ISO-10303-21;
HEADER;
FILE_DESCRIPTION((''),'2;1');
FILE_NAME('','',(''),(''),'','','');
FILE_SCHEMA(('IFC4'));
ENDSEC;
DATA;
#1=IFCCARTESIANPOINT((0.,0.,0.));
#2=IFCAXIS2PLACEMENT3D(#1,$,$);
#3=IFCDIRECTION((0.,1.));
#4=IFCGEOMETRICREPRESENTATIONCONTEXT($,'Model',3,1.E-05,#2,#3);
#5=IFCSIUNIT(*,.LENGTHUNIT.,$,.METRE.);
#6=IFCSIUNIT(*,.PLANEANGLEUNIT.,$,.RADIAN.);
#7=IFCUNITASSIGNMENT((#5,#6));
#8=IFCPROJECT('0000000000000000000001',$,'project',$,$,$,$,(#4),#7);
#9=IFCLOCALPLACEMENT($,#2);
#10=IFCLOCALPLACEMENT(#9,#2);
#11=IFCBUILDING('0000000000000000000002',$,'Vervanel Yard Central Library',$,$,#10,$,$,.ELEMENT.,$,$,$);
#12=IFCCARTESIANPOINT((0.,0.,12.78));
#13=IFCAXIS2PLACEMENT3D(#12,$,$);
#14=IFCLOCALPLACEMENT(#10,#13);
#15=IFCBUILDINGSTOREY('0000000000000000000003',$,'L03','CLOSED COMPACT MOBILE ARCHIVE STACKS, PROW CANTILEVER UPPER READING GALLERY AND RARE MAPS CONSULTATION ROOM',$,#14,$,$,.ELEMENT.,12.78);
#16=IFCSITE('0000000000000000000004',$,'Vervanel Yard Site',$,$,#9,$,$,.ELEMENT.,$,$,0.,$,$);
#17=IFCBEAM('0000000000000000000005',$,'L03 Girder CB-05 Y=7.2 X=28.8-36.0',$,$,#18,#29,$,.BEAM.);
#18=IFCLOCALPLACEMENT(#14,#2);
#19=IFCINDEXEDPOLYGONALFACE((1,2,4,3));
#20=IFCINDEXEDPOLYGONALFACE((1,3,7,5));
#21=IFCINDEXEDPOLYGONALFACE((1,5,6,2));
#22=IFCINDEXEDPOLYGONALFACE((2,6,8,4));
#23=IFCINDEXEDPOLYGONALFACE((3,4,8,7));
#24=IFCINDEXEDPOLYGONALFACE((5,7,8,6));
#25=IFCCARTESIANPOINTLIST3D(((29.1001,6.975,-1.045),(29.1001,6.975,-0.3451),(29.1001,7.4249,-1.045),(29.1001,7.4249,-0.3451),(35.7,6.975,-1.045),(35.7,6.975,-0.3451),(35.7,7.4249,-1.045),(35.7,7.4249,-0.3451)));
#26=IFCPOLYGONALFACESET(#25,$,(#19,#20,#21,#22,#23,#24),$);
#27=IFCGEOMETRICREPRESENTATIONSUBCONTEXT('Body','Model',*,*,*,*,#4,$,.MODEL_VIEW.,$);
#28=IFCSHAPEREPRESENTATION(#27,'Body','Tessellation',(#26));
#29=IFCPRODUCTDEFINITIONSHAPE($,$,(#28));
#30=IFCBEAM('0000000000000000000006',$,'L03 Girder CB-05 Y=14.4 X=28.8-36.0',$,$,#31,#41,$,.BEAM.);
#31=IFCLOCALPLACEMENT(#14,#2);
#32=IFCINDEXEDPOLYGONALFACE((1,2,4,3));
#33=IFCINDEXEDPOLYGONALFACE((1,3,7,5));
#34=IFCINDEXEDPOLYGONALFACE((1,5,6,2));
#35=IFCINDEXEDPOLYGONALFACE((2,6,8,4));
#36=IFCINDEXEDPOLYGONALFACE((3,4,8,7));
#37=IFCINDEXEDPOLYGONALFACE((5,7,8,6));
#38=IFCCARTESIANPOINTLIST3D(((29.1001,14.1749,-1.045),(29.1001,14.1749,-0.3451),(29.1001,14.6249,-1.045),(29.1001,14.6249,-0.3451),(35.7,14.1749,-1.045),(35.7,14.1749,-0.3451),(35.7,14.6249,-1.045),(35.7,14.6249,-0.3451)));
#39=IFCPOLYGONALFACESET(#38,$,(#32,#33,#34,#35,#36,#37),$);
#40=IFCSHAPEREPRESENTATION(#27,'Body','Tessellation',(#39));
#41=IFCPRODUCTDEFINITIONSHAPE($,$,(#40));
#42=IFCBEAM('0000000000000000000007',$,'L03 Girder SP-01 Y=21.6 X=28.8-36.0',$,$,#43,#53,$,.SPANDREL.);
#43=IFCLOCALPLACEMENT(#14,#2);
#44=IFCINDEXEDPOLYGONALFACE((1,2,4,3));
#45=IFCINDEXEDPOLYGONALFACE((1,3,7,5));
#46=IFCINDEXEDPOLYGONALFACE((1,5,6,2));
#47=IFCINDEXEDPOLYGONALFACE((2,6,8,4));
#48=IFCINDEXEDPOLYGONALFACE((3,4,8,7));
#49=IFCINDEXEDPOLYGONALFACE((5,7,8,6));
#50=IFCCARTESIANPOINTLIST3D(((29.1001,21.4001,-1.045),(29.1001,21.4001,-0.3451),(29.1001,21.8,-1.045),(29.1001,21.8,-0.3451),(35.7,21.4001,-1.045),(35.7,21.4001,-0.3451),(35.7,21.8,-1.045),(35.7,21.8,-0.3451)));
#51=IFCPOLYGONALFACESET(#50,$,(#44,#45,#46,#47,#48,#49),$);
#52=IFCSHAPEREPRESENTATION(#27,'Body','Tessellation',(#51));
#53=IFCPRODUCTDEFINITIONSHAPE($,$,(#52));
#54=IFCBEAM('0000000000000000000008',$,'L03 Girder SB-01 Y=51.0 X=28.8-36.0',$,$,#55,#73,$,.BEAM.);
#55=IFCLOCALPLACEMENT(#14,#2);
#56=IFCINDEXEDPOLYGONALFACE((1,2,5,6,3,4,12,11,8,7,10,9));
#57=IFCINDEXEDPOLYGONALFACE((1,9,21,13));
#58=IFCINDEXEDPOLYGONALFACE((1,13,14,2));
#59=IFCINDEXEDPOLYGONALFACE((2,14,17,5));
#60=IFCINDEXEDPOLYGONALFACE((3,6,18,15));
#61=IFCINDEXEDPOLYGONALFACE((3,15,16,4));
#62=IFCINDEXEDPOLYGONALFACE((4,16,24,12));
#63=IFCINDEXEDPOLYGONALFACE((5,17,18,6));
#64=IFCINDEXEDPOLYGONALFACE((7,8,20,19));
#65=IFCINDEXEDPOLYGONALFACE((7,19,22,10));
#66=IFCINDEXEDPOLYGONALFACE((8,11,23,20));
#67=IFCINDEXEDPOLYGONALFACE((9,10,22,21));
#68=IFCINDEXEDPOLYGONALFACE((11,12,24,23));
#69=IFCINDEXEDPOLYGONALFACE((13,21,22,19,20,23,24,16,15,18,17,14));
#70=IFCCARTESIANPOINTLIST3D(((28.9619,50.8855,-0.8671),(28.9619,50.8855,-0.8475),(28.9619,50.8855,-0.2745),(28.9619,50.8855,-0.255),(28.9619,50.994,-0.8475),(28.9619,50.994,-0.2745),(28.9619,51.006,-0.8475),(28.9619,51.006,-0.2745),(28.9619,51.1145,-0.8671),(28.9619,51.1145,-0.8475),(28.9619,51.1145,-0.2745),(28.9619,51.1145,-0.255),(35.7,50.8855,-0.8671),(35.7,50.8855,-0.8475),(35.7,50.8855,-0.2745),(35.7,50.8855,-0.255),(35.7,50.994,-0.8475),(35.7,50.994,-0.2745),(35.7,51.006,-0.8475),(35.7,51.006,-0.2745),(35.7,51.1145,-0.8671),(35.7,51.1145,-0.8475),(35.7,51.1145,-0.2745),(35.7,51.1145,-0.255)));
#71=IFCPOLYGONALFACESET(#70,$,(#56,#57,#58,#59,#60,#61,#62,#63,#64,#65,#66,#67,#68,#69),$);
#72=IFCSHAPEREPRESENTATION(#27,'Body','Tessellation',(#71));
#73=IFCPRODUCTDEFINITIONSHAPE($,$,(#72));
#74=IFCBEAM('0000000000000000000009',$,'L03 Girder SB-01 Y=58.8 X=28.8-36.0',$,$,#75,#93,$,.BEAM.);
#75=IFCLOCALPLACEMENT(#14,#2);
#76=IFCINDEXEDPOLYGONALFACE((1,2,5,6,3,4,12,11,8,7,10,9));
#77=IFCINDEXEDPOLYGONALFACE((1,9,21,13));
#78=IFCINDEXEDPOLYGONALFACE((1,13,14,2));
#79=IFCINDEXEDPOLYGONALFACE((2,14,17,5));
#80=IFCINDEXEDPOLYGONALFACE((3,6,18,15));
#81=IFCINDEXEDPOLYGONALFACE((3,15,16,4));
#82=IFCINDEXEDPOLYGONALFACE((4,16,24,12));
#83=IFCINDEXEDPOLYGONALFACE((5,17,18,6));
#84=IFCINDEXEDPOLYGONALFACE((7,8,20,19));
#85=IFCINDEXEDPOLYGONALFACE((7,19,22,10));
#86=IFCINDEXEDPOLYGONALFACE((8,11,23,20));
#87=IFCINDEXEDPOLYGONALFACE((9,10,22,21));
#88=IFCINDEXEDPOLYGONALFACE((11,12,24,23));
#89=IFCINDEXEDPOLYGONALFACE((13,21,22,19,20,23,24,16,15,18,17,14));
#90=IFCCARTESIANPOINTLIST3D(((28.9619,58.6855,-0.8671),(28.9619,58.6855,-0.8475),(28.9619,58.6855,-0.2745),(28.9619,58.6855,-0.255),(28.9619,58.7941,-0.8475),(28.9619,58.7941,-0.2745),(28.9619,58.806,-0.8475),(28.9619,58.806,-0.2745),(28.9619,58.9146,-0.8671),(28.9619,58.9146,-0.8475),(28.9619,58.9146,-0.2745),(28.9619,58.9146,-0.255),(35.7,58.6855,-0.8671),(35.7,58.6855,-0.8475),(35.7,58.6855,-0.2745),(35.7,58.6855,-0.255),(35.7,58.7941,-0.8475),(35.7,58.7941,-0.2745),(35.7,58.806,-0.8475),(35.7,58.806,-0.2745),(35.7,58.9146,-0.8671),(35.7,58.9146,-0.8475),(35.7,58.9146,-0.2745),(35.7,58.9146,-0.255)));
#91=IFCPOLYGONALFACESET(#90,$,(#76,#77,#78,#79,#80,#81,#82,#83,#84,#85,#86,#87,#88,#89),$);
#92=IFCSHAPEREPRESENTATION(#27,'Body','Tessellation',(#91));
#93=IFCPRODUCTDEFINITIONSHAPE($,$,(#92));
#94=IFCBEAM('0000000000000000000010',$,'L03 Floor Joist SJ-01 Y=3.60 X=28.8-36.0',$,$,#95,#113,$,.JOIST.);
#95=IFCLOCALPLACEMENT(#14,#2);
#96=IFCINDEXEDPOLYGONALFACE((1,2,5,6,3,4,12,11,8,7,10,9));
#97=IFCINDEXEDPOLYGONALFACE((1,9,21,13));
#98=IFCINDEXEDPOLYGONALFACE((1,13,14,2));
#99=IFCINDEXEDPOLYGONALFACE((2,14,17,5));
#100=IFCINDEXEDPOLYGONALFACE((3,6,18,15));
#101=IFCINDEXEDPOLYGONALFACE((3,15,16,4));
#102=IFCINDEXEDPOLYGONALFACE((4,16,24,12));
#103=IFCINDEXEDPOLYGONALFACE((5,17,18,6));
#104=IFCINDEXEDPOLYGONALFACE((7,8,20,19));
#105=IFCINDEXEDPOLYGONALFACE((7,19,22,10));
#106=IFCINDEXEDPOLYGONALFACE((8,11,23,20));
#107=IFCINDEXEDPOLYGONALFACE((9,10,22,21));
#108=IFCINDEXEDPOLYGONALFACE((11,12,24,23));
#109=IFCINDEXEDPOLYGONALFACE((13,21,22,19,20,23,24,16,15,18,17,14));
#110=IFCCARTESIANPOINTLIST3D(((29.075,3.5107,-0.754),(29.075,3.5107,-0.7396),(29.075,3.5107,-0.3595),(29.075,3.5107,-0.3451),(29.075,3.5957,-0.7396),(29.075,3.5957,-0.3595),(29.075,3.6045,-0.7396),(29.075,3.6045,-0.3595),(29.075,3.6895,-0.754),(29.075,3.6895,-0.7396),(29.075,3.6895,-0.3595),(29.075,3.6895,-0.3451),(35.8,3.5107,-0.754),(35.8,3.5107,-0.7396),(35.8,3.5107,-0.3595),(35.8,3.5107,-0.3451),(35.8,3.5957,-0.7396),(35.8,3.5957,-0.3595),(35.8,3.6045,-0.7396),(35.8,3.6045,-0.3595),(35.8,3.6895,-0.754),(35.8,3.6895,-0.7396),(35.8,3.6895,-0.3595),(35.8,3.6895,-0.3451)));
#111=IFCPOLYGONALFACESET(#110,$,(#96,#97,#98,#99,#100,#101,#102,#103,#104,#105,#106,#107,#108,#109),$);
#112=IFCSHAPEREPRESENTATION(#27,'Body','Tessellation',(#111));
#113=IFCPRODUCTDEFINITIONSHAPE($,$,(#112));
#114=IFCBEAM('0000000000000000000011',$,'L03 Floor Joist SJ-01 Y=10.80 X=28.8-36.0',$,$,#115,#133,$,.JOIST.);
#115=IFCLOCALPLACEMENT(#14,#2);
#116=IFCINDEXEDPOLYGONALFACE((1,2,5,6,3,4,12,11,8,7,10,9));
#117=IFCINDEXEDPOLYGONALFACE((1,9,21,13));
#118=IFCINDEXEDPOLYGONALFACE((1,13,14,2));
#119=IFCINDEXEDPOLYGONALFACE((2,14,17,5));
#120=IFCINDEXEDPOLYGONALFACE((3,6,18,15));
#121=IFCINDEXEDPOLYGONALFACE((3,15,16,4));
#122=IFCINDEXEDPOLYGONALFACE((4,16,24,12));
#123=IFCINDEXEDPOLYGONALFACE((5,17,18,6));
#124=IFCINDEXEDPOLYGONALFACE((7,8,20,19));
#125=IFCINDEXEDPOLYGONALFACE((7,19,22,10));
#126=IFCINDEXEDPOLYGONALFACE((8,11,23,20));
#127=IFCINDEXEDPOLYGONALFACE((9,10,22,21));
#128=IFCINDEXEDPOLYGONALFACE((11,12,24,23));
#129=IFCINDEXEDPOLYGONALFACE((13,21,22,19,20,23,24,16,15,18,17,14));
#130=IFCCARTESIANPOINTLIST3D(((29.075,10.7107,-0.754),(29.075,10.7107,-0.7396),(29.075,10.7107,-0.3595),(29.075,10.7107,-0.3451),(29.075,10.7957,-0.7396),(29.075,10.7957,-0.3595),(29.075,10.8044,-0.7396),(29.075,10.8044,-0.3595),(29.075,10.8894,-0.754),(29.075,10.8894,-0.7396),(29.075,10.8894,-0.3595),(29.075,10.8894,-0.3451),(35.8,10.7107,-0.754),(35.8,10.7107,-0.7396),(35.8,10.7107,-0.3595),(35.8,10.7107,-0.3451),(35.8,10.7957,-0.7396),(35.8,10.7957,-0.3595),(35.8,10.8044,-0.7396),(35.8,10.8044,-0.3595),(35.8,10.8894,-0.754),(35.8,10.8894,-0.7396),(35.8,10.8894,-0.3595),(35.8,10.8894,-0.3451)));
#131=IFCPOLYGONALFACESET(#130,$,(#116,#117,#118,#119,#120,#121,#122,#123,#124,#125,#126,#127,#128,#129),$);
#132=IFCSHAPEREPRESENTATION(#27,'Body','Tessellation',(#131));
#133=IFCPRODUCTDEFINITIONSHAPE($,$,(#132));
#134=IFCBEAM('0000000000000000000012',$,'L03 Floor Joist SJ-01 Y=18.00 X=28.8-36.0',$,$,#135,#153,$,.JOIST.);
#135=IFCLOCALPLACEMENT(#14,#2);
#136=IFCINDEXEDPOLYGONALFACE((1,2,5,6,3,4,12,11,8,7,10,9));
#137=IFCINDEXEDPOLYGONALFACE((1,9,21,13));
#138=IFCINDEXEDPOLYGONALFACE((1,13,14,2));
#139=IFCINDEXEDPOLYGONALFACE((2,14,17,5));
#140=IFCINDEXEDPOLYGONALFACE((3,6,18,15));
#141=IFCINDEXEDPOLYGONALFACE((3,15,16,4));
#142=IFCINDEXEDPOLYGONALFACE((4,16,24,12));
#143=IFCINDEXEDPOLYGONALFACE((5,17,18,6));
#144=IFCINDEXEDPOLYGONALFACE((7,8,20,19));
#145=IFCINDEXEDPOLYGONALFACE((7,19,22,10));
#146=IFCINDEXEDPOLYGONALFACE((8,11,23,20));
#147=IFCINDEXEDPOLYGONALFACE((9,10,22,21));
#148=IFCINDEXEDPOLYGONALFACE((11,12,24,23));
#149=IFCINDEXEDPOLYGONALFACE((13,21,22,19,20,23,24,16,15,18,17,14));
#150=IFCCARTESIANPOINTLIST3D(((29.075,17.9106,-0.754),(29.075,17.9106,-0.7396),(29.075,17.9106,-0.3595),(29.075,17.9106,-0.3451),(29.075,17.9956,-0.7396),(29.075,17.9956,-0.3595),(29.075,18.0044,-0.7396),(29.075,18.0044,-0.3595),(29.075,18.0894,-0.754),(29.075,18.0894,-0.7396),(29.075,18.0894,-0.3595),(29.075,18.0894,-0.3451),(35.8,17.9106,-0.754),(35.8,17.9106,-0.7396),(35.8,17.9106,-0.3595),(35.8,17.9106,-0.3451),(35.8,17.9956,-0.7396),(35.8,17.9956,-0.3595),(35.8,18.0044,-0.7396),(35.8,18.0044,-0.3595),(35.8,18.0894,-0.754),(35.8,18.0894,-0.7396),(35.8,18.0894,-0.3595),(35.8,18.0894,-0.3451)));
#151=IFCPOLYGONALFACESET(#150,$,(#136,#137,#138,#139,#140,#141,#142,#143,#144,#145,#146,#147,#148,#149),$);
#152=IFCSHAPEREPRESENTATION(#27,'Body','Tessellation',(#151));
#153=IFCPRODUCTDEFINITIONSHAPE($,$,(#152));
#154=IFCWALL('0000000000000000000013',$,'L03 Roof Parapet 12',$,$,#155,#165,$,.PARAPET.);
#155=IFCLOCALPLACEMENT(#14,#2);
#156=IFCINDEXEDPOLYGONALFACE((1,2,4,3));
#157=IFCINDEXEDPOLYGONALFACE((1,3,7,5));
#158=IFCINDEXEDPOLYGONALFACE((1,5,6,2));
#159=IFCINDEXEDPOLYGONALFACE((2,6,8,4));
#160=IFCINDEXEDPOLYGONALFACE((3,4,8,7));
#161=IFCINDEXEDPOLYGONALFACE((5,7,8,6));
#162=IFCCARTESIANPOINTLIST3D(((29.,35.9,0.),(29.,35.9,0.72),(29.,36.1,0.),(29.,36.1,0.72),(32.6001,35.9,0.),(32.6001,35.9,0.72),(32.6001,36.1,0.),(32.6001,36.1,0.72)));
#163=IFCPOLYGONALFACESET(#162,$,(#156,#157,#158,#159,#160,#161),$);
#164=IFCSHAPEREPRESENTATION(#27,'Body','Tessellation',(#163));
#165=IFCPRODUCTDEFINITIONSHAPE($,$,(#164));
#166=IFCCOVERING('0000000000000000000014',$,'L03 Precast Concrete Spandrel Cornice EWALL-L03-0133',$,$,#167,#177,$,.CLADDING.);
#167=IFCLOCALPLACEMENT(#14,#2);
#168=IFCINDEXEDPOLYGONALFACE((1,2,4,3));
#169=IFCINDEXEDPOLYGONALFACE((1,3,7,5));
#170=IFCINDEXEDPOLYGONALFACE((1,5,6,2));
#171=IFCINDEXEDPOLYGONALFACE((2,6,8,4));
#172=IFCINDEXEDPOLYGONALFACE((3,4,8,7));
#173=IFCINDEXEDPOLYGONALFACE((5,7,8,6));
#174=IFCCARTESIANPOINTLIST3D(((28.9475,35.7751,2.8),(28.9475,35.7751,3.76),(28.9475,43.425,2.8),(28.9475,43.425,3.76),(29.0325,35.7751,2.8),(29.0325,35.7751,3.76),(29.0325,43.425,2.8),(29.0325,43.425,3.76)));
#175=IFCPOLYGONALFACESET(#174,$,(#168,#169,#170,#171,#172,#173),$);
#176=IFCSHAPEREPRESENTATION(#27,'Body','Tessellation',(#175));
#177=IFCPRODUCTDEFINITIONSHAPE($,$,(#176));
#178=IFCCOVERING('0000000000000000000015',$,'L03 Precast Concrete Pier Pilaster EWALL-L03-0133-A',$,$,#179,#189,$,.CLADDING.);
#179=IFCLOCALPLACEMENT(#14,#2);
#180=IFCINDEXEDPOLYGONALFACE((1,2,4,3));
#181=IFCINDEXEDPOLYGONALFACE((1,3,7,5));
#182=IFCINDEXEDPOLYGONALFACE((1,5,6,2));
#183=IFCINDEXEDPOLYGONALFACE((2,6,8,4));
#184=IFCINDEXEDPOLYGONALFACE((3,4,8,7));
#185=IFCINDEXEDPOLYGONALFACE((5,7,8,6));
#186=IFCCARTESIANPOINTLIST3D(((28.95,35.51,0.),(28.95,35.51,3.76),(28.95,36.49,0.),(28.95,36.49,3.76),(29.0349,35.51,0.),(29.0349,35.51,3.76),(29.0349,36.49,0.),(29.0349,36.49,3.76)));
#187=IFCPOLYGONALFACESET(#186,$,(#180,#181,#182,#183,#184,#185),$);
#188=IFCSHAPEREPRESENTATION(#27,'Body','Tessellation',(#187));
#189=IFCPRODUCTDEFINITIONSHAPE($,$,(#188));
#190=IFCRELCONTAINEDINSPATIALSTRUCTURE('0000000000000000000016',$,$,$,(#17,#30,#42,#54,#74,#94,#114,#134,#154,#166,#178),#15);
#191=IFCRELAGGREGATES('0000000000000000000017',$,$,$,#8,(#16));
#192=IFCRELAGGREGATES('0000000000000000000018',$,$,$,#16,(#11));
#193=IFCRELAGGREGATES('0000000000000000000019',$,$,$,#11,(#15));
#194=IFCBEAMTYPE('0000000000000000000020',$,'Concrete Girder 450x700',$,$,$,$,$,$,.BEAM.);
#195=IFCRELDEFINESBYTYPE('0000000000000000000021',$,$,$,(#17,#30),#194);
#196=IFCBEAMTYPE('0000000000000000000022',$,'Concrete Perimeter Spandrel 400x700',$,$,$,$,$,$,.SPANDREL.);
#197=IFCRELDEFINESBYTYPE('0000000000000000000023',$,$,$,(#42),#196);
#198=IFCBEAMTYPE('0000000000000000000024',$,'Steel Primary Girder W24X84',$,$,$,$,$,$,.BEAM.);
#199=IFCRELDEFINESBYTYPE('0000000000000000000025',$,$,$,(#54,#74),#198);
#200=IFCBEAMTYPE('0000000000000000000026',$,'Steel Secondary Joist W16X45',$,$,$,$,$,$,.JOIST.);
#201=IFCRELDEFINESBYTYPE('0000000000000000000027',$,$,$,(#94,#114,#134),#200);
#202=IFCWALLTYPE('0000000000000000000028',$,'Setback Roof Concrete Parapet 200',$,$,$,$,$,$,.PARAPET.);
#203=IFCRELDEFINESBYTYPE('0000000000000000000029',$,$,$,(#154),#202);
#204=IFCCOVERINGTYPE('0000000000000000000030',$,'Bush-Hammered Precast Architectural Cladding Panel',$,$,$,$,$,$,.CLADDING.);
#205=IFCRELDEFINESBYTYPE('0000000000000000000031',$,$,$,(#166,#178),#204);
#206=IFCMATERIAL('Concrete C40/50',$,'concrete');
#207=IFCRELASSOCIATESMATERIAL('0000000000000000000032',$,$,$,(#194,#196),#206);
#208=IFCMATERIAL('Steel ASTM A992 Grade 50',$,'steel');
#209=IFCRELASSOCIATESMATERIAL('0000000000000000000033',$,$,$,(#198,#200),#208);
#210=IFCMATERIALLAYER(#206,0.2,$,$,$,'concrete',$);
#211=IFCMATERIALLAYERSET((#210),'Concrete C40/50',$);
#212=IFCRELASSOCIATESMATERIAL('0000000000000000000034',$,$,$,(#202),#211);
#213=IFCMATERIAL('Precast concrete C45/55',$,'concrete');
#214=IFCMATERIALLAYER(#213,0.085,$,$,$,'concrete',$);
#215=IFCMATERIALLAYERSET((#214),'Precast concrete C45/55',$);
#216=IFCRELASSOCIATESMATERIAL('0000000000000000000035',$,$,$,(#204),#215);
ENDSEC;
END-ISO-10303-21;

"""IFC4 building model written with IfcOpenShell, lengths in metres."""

from ifc_helpers import new_model, si_unit, direction, frame, frame_2d, origin, origin_2d, place, context, subcontext, project, spatial, rectangle, i_section, extrude, material, layer, layer_set, material_profile, profile_set, type_object, element, save


model = new_model("IFC4")

# Units and contexts
model_context = context("Model", 3, precision=1e-05, world=origin(), true_north=direction((0.0, 1.0)))
body_context = subcontext(model_context, "Body", "Model", "MODEL_VIEW")
ifc_project = project(units=[si_unit("LENGTHUNIT", "METRE"), si_unit("PLANEANGLEUNIT", "RADIAN")], contexts=[model_context])

# Site, building, storey
site_placement = place(None, origin())
site = spatial("IfcSite", under=ifc_project, at=site_placement, Name="Vervanel Yard Site", CompositionType="ELEMENT", RefElevation=0.0)
building_placement = place(site_placement, origin())
building = spatial("IfcBuilding", under=site, at=building_placement, Name="Vervanel Yard Central Library", CompositionType="ELEMENT")
storey_placement = place(building_placement, frame((0.0, 0.0, 12.78)))
storey = spatial("IfcBuildingStorey", under=building, at=storey_placement, Name="L03", Description="CLOSED COMPACT MOBILE ARCHIVE STACKS, PROW CANTILEVER UPPER READING GALLERY AND RARE MAPS CONSULTATION ROOM", CompositionType="ELEMENT", Elevation=12.78)

# Beams
ifc_material_1 = material(Name="Concrete C40/50", Category="concrete")
ifc_material_profile_1 = material_profile(ifc_material_1, rectangle(XDim=0.45, YDim=0.7, at=origin_2d()), Name="RC 450x700", Category="concrete")
ifc_profile_set_1 = profile_set([ifc_material_profile_1], Name="Concrete C40/50")
beam_type_1 = type_object("IfcBeamType", Name="Concrete Girder 450x700", PredefinedType="BEAM", material=ifc_profile_set_1)
for number, where, z_axis, x_axis, name in (
    (1, (29.1001, 7.2, -0.6951), (1.0, 0.0, 0.0), (0.0, 1.0, 0.0), "L03 Girder CB-05 Y=7.2 X=28.8-36.0"),
    (2, (29.1001, 14.3999, -0.6951), (1.0, 0.0, 0.0), (0.0, 1.0, 0.0), "L03 Girder CB-05 Y=14.4 X=28.8-36.0"),
):
    element("IfcBeam", number, at=place(storey_placement, frame(where, z_axis=z_axis, x_axis=x_axis)), inside=storey, type_object=beam_type_1, Name=name, PredefinedType="BEAM", context=body_context, shape_type="SweptSolid", body=[
        extrude(rectangle(XDim=0.45, YDim=0.7, at=origin_2d()), origin(), (0.0, 0.0, 1.0), 6.5999),
    ])
ifc_material_profile_2 = material_profile(ifc_material_1, rectangle(XDim=0.3999, YDim=0.7, at=origin_2d()), Name="RC 400x700", Category="concrete")
ifc_profile_set_2 = profile_set([ifc_material_profile_2], Name="Concrete C40/50")
beam_type_2 = type_object("IfcBeamType", Name="Concrete Perimeter Spandrel 400x700", PredefinedType="SPANDREL", material=ifc_profile_set_2)
beam_placement = place(storey_placement, frame((29.1001, 21.6001, -0.6951), z_axis=(1.0, 0.0, 0.0), x_axis=(0.0, 1.0, 0.0)))
element("IfcBeam", 3, at=beam_placement, inside=storey, type_object=beam_type_2, Name="L03 Girder SP-01 Y=21.6 X=28.8-36.0", PredefinedType="SPANDREL", context=body_context, shape_type="SweptSolid", body=[
    extrude(rectangle(XDim=0.3999, YDim=0.7, at=origin_2d()), origin(), (0.0, 0.0, 1.0), 6.5999),
])
ifc_material_2 = material(Name="Steel ASTM A992 Grade 50", Category="steel")
ifc_material_profile_3 = material_profile(ifc_material_2, i_section(OverallWidth=0.229, OverallDepth=0.6121, WebThickness=0.012, FlangeThickness=0.0195, at=origin_2d()), Name="W24X84", Category="steel")
ifc_profile_set_3 = profile_set([ifc_material_profile_3], Name="Steel ASTM A992 Grade 50")
beam_type_3 = type_object("IfcBeamType", Name="Steel Primary Girder W24X84", PredefinedType="BEAM", material=ifc_profile_set_3)
for number, where, z_axis, x_axis, name in (
    (4, (28.9619, 51.0, -0.561), (1.0, 0.0, 0.0), (0.0, 1.0, 0.0), "L03 Girder SB-01 Y=51.0 X=28.8-36.0"),
    (5, (28.9619, 58.8, -0.561), (1.0, 0.0, 0.0), (0.0, 1.0, 0.0), "L03 Girder SB-01 Y=58.8 X=28.8-36.0"),
):
    element("IfcBeam", number, at=place(storey_placement, frame(where, z_axis=z_axis, x_axis=x_axis)), inside=storey, type_object=beam_type_3, Name=name, PredefinedType="BEAM", context=body_context, shape_type="SweptSolid", body=[
        extrude(i_section(OverallWidth=0.229, OverallDepth=0.6121, WebThickness=0.012, FlangeThickness=0.0195, at=origin_2d()), origin(), (0.0, 0.0, 1.0), 6.738),
    ])
ifc_material_profile_4 = material_profile(ifc_material_2, i_section(OverallWidth=0.1787, OverallDepth=0.4089, WebThickness=0.0088, FlangeThickness=0.0144, at=origin_2d()), Name="W16X45", Category="steel")
ifc_profile_set_4 = profile_set([ifc_material_profile_4], Name="Steel ASTM A992 Grade 50")
beam_type_4 = type_object("IfcBeamType", Name="Steel Secondary Joist W16X45", PredefinedType="JOIST", material=ifc_profile_set_4)
for number, where, z_axis, x_axis, name in (
    (6, (29.075, 3.6001, -0.5496), (1.0, 0.0, 0.0), (0.0, 1.0, 0.0), "L03 Floor Joist SJ-01 Y=3.60 X=28.8-36.0"),
    (7, (29.075, 10.8, -0.5496), (1.0, 0.0, 0.0), (0.0, 1.0, 0.0), "L03 Floor Joist SJ-01 Y=10.80 X=28.8-36.0"),
    (8, (29.075, 18.0, -0.5496), (1.0, 0.0, 0.0), (0.0, 1.0, 0.0), "L03 Floor Joist SJ-01 Y=18.00 X=28.8-36.0"),
):
    element("IfcBeam", number, at=place(storey_placement, frame(where, z_axis=z_axis, x_axis=x_axis)), inside=storey, type_object=beam_type_4, Name=name, PredefinedType="JOIST", context=body_context, shape_type="SweptSolid", body=[
        extrude(i_section(OverallWidth=0.1787, OverallDepth=0.4089, WebThickness=0.0088, FlangeThickness=0.0144, at=origin_2d()), origin(), (0.0, 0.0, 1.0), 6.7251),
    ])

# Wall
ifc_layer_1 = layer(ifc_material_1, 0.2, Category="concrete")
ifc_layer_set_1 = layer_set([ifc_layer_1], Name="Concrete C40/50")
wall_type = type_object("IfcWallType", Name="Setback Roof Concrete Parapet 200", PredefinedType="PARAPET", material=ifc_layer_set_1)
wall_placement = place(storey_placement, frame((29.0, 36.0, 0.0), z_axis=(0.0, 0.0, 1.0), x_axis=(1.0, 0.0, 0.0)))
element("IfcWall", 9, at=wall_placement, inside=storey, type_object=wall_type, Name="L03 Roof Parapet 12", PredefinedType="PARAPET", context=body_context, shape_type="SweptSolid", body=[
    extrude(rectangle(XDim=3.6001, YDim=0.2, at=frame_2d((1.8, 0.0))), origin(), (0.0, 0.0, 1.0), 0.72),
])

# Coverings
ifc_material_3 = material(Name="Precast concrete C45/55", Category="concrete")
ifc_layer_2 = layer(ifc_material_3, 0.085, Category="concrete")
ifc_layer_set_2 = layer_set([ifc_layer_2], Name="Precast concrete C45/55")
covering_type = type_object("IfcCoveringType", Name="Bush-Hammered Precast Architectural Cladding Panel", PredefinedType="CLADDING", material=ifc_layer_set_2)
covering_1_placement = place(storey_placement, frame((28.99, 39.6001, 2.8), z_axis=(0.0, 0.0, 1.0), x_axis=(0.0, 1.0, 0.0)))
element("IfcCovering", 10, at=covering_1_placement, inside=storey, type_object=covering_type, Name="L03 Precast Concrete Spandrel Cornice EWALL-L03-0133", PredefinedType="CLADDING", context=body_context, shape_type="SweptSolid", body=[
    extrude(rectangle(XDim=7.6499, YDim=0.085, at=origin_2d()), origin(), (0.0, 0.0, 1.0), 0.96),
])
for number, where, z_axis, x_axis, name in (
    (11, (28.9924, 36.0, 0.0), (0.0, 0.0, 1.0), (0.0, 1.0, 0.0), "L03 Precast Concrete Pier Pilaster EWALL-L03-0133-A"),
):
    element("IfcCovering", number, at=place(storey_placement, frame(where, z_axis=z_axis, x_axis=x_axis)), inside=storey, type_object=covering_type, Name=name, PredefinedType="CLADDING", context=body_context, shape_type="SweptSolid", body=[
        extrude(rectangle(XDim=0.98, YDim=0.085, at=origin_2d()), origin(), (0.0, 0.0, 1.0), 3.76),
    ])

save(model, "model.ifc")
